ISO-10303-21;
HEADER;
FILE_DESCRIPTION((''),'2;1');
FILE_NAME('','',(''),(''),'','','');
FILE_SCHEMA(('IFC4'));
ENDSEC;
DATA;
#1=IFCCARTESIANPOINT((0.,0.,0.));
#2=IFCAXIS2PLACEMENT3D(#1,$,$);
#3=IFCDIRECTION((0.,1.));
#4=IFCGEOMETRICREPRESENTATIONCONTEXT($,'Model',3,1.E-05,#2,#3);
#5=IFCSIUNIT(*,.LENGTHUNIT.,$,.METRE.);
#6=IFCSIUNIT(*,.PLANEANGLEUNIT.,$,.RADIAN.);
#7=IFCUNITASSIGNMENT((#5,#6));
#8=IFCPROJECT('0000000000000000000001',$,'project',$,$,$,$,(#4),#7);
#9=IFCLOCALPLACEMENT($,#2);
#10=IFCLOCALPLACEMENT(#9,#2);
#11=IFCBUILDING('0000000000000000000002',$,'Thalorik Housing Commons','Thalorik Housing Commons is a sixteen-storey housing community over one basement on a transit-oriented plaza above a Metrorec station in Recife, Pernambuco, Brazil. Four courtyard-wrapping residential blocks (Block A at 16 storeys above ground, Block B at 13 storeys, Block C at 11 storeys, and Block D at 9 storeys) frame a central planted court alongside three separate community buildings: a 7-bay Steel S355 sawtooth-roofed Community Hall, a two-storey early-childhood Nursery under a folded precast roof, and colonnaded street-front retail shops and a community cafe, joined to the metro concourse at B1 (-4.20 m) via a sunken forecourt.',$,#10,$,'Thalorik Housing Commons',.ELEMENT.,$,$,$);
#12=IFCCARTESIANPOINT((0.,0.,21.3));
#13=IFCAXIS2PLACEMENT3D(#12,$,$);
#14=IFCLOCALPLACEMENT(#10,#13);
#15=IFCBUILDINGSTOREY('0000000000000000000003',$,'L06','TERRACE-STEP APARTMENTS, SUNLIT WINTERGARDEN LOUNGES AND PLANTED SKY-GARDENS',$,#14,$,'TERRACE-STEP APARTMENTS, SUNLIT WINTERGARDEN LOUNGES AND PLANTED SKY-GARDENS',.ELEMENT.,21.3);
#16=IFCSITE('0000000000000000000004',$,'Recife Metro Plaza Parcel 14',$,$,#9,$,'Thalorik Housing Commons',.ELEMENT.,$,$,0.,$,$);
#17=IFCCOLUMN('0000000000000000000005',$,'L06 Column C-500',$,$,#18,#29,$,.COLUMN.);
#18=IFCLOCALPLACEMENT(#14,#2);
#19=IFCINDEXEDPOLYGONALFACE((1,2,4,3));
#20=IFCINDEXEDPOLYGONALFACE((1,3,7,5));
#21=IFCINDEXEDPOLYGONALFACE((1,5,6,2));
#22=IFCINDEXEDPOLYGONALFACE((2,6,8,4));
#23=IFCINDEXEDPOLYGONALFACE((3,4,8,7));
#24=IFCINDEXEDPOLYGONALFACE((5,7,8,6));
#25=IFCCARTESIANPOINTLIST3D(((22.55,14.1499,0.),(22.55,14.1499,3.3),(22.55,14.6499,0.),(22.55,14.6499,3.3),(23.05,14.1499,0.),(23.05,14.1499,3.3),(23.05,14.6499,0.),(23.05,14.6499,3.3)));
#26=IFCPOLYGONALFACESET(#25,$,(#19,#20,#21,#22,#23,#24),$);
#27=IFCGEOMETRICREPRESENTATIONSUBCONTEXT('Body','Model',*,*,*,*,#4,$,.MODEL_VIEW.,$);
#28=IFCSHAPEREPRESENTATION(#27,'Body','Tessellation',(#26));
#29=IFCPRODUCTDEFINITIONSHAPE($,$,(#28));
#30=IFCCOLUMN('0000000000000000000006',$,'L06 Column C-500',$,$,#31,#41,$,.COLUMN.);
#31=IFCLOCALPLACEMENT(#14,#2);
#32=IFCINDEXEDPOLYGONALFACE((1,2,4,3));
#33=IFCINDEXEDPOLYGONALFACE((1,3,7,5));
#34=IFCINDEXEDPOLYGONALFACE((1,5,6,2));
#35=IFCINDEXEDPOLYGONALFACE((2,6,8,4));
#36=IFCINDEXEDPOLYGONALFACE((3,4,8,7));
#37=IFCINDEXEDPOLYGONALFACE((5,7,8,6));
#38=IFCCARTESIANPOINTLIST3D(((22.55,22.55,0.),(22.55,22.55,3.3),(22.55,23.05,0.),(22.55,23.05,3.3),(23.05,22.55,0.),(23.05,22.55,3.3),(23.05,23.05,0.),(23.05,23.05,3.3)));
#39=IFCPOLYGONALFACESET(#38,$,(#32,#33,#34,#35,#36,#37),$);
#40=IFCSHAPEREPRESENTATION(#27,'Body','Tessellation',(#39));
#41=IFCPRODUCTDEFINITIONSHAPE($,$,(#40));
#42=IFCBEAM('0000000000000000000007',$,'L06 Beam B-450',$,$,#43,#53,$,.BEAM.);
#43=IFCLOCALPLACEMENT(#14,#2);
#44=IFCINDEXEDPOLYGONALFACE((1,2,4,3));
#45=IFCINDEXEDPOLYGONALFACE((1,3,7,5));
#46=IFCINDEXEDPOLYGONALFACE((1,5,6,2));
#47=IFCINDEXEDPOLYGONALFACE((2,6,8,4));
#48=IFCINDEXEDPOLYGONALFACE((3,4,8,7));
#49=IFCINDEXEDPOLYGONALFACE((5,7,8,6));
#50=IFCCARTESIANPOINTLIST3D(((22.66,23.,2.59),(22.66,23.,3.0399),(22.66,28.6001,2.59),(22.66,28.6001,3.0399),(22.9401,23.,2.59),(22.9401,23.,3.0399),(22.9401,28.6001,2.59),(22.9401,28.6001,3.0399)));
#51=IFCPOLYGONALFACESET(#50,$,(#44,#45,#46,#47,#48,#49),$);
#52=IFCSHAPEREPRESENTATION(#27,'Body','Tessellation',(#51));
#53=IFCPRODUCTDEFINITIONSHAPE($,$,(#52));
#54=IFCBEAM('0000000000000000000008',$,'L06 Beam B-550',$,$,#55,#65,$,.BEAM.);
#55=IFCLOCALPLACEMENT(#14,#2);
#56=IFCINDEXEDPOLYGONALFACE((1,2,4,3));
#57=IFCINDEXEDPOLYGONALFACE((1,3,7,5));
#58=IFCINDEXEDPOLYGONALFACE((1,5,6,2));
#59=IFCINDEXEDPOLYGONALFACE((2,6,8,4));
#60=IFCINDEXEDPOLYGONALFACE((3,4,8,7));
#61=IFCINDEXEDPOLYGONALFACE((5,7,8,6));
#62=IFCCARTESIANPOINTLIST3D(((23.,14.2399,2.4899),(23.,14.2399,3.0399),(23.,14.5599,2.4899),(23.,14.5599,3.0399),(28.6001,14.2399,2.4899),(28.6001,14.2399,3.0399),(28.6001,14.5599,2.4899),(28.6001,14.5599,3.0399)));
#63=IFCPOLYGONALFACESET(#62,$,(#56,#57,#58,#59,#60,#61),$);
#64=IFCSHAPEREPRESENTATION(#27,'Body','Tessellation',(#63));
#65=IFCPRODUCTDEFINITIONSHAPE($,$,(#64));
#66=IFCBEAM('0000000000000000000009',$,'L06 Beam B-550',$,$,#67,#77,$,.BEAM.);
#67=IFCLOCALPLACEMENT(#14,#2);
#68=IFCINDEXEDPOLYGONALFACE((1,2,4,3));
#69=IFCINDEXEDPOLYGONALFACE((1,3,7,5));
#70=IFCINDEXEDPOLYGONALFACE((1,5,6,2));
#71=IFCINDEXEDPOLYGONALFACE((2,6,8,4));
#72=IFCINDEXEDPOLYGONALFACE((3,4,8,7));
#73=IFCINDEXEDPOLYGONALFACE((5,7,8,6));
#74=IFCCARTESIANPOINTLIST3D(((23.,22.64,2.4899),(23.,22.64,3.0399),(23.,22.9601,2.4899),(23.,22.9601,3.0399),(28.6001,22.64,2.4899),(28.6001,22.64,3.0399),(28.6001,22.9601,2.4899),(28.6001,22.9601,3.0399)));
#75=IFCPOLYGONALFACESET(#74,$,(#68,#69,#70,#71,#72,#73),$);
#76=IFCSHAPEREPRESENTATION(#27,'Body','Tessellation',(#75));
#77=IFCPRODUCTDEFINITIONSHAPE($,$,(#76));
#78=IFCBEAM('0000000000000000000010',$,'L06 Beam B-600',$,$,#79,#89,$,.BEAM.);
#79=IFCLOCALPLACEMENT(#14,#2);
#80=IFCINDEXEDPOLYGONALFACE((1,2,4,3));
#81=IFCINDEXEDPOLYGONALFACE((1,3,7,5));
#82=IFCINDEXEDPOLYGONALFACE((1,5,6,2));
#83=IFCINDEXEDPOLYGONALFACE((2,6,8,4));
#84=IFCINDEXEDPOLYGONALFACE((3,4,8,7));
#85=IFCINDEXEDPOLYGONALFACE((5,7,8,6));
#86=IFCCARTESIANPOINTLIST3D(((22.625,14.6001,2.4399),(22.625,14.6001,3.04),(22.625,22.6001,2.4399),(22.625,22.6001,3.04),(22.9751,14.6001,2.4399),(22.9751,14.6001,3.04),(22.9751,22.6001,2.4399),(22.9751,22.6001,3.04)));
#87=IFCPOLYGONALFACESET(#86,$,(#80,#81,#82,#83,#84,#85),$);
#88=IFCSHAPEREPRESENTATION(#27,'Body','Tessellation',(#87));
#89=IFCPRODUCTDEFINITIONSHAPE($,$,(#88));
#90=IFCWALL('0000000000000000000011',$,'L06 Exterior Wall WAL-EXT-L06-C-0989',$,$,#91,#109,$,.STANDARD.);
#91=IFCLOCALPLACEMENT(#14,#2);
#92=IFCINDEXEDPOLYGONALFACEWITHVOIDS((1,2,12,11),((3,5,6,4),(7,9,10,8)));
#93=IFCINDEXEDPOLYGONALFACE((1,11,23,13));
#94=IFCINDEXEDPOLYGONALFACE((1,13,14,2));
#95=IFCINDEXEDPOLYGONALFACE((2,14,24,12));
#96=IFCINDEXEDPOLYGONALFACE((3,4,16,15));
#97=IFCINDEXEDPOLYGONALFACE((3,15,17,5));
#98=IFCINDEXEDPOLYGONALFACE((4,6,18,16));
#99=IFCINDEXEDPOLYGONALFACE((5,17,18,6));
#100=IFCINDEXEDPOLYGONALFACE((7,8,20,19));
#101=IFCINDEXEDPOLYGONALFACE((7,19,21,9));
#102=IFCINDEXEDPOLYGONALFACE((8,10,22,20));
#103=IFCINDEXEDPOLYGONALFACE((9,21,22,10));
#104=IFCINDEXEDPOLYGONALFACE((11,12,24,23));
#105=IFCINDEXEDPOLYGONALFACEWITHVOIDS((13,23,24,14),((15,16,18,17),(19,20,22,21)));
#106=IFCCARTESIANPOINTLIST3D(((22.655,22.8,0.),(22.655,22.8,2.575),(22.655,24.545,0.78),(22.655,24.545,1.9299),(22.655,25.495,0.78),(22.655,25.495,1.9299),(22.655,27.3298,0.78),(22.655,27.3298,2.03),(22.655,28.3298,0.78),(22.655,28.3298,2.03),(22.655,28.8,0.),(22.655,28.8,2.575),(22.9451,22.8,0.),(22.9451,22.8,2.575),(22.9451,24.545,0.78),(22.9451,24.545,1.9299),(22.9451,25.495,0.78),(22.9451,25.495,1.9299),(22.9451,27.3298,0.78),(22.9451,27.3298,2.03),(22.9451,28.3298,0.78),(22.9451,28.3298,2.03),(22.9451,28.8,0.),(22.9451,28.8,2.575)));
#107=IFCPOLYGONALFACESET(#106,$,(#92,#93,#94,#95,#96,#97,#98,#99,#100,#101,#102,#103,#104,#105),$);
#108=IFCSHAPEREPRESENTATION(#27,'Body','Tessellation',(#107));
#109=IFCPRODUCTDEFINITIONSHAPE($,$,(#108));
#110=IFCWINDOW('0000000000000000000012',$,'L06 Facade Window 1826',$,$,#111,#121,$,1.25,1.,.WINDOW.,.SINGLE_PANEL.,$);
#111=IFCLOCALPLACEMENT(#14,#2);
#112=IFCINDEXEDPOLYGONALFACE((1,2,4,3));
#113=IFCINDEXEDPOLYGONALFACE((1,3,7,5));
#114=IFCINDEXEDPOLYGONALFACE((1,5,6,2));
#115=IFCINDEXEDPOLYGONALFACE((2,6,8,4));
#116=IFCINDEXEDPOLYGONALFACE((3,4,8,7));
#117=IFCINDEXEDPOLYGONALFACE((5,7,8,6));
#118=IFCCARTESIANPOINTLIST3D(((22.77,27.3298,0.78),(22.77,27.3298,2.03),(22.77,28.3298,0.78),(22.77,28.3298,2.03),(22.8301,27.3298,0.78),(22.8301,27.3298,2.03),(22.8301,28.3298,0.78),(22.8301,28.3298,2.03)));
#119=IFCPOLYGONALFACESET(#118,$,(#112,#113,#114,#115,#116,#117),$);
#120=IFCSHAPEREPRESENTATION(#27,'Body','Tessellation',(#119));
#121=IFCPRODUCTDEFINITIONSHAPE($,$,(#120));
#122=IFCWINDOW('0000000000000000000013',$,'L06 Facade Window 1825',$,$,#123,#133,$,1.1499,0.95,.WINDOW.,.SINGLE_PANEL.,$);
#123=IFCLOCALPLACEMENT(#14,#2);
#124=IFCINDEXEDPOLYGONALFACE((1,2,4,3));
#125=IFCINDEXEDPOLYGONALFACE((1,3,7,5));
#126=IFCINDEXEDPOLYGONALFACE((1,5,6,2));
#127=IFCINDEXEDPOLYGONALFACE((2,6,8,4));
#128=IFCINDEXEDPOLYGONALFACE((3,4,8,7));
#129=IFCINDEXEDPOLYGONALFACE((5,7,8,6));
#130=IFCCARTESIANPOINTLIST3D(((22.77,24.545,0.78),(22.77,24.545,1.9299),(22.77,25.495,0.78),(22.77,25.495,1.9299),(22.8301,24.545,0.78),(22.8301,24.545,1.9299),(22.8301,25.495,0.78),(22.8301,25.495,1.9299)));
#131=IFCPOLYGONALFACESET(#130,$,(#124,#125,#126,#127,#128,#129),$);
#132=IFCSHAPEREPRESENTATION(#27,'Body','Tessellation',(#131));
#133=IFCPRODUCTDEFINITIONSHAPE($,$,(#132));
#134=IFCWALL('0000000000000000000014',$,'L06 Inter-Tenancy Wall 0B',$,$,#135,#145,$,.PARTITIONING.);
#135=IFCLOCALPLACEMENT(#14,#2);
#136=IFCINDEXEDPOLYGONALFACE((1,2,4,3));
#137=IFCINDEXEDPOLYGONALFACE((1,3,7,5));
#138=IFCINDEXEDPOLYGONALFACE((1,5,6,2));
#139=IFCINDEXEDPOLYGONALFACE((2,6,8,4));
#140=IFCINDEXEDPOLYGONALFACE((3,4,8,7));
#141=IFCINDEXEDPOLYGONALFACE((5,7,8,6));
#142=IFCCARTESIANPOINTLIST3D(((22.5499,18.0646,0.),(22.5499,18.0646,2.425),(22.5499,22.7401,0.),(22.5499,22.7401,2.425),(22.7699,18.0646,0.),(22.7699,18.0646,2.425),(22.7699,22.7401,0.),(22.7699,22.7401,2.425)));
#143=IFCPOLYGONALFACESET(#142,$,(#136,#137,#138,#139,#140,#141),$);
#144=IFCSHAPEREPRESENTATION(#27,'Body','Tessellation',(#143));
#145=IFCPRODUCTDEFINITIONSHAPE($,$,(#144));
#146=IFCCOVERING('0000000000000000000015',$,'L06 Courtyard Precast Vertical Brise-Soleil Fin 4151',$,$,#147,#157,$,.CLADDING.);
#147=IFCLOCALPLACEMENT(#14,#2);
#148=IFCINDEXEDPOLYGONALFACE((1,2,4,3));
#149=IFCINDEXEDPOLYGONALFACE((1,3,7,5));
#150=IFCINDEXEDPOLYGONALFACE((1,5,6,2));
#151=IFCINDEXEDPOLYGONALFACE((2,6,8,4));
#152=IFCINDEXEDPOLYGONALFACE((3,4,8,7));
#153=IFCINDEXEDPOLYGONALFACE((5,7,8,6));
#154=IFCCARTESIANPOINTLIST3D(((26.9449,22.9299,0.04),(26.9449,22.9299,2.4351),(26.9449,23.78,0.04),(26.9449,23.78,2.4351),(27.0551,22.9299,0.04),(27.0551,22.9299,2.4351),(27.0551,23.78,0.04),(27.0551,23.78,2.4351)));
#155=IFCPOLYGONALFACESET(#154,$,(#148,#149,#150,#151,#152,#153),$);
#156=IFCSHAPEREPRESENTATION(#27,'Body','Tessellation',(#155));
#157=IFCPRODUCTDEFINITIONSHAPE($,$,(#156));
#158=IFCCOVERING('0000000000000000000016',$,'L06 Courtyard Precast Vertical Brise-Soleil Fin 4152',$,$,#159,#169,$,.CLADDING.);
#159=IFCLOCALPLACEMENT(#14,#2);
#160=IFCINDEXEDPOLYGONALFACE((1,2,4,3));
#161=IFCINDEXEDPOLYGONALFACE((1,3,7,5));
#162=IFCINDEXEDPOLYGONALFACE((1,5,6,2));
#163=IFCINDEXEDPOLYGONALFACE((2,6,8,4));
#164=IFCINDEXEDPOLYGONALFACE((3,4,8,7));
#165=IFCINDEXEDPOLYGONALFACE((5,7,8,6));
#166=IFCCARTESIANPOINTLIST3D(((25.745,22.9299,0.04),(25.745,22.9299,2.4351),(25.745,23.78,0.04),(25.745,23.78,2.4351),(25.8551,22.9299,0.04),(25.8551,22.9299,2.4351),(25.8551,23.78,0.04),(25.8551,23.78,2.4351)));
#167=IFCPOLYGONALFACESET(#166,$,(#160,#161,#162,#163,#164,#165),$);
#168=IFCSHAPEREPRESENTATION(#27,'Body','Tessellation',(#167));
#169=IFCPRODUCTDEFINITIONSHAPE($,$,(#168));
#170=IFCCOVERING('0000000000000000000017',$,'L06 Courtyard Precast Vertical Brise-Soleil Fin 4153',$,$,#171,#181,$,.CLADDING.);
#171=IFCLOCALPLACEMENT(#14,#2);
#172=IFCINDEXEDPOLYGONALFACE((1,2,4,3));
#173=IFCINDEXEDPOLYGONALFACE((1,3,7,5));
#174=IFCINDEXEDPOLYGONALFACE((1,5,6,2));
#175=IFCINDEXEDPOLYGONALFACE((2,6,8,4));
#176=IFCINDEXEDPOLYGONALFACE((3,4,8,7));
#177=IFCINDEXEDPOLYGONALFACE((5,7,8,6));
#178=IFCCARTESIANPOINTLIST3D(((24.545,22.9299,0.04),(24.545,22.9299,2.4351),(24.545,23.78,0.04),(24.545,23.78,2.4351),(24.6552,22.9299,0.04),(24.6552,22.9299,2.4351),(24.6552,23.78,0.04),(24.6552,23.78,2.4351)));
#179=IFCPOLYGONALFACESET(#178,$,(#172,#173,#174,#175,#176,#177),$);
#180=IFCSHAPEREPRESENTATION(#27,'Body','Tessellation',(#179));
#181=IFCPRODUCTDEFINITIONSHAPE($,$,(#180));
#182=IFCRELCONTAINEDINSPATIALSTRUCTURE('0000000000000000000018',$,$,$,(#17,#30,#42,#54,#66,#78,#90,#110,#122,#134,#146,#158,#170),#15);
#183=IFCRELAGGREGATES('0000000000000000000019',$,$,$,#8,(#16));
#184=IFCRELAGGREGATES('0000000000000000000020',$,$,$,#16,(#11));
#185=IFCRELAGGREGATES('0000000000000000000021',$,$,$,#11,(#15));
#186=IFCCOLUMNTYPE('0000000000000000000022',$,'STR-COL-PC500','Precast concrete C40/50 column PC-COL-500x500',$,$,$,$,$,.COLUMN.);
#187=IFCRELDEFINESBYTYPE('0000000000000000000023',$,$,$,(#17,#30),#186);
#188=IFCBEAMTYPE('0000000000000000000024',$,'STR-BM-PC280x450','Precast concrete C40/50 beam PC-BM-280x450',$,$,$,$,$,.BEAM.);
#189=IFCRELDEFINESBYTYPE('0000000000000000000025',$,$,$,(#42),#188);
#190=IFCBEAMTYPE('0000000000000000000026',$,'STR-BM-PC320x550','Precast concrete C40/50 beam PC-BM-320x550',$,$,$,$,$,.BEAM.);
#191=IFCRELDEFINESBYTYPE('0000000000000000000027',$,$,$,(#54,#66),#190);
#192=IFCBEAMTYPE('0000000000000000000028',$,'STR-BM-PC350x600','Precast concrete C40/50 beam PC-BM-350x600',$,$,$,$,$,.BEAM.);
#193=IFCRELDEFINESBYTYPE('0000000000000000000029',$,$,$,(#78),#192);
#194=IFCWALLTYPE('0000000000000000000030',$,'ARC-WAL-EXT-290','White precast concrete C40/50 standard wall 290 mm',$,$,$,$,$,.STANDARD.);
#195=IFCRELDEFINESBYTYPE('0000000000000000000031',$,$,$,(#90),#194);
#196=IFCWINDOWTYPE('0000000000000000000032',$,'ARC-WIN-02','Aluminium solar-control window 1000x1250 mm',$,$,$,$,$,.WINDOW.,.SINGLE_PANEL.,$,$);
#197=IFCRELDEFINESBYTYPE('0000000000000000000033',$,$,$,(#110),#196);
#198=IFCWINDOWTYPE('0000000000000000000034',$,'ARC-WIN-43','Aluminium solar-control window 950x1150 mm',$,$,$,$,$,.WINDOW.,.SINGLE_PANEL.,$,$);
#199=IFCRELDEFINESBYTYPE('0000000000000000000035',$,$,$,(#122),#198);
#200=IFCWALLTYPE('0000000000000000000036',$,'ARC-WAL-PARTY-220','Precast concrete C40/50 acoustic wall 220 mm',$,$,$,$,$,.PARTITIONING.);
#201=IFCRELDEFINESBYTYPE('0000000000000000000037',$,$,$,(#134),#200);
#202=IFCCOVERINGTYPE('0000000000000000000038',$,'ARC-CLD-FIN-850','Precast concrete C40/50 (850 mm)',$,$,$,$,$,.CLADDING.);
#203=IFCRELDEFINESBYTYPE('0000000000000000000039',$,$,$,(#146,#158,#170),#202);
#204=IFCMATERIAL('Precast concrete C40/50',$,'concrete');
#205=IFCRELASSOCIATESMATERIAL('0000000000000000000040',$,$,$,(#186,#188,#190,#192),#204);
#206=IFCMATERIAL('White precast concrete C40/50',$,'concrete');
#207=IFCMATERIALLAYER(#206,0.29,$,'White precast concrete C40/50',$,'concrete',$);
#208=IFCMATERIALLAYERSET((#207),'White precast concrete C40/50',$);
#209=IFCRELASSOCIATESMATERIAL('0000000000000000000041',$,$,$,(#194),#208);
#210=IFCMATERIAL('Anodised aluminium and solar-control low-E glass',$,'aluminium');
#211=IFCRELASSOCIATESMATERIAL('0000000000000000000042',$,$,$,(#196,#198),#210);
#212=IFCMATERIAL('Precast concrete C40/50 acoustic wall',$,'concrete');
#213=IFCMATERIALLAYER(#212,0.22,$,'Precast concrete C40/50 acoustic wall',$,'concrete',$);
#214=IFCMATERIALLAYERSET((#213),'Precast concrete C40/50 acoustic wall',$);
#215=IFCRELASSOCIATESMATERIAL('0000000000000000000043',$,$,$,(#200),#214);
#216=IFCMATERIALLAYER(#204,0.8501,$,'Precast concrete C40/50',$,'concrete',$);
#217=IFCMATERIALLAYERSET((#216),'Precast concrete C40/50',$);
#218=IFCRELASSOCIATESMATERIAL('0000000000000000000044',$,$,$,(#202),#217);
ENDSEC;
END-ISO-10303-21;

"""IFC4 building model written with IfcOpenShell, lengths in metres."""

from ifc_helpers import new_model, si_unit, direction, frame, frame_2d, origin, origin_2d, place, context, subcontext, project, spatial, rectangle, extrude, material, layer, layer_set, material_profile, profile_set, type_object, element, fill, save


model = new_model("IFC4")

# Units and contexts
model_context = context("Model", 3, precision=1e-05, world=origin(), true_north=direction((0.0, 1.0)))
body_context = subcontext(model_context, "Body", "Model", "MODEL_VIEW")
ifc_project = project(units=[si_unit("LENGTHUNIT", "METRE"), si_unit("PLANEANGLEUNIT", "RADIAN")], contexts=[model_context])

# Site, building, storey
site_placement = place(None, origin())
site = spatial("IfcSite", under=ifc_project, at=site_placement, Name="Recife Metro Plaza Parcel 14", LongName="Thalorik Housing Commons", CompositionType="ELEMENT", RefElevation=0.0)
building_placement = place(site_placement, origin())
building = spatial("IfcBuilding", under=site, at=building_placement, Name="Thalorik Housing Commons", Description="Thalorik Housing Commons is a sixteen-storey housing community over one basement on a transit-oriented plaza above a Metrorec station in Recife, Pernambuco, Brazil. Four courtyard-wrapping residential blocks (Block A at 16 storeys above ground, Block B at 13 storeys, Block C at 11 storeys, and Block D at 9 storeys) frame a central planted court alongside three separate community buildings: a 7-bay Steel S355 sawtooth-roofed Community Hall, a two-storey early-childhood Nursery under a folded precast roof, and colonnaded street-front retail shops and a community cafe, joined to the metro concourse at B1 (-4.20 m) via a sunken forecourt.", LongName="Thalorik Housing Commons", CompositionType="ELEMENT")
storey_placement = place(building_placement, frame((0.0, 0.0, 21.3)))
storey = spatial("IfcBuildingStorey", under=building, at=storey_placement, Name="L06", Description="TERRACE-STEP APARTMENTS, SUNLIT WINTERGARDEN LOUNGES AND PLANTED SKY-GARDENS", LongName="TERRACE-STEP APARTMENTS, SUNLIT WINTERGARDEN LOUNGES AND PLANTED SKY-GARDENS", CompositionType="ELEMENT", Elevation=21.3)

# Columns
ifc_material_1 = material(Name="Precast concrete C40/50", Category="concrete")
ifc_material_profile_1 = material_profile(ifc_material_1, rectangle(XDim=0.5, YDim=0.5, at=origin_2d()), Name="PC 500x500", Category="concrete")
ifc_profile_set_1 = profile_set([ifc_material_profile_1], Name="Precast concrete C40/50")
column_type = type_object("IfcColumnType", Name="STR-COL-PC500", Description="Precast concrete C40/50 column PC-COL-500x500", PredefinedType="COLUMN", material=ifc_profile_set_1)
for number, where, z_axis, x_axis, name in (
    (1, (22.8, 14.3999, 0.0), (0.0, 0.0, 1.0), (1.0, 0.0, 0.0), "L06 Column C-500"),
    (2, (22.8, 22.8, 0.0), (0.0, 0.0, 1.0), (1.0, 0.0, 0.0), "L06 Column C-500"),
):
    element("IfcColumn", number, at=place(storey_placement, frame(where, z_axis=z_axis, x_axis=x_axis)), inside=storey, type_object=column_type, Name=name, PredefinedType="COLUMN", context=body_context, shape_type="SweptSolid", body=[
        extrude(rectangle(XDim=0.5, YDim=0.5, at=origin_2d()), origin(), (0.0, 0.0, 1.0), 3.3),
    ])

# Beams
ifc_material_profile_2 = material_profile(ifc_material_1, rectangle(XDim=0.28, YDim=0.45, at=origin_2d()), Name="PC 280x450", Category="concrete")
ifc_profile_set_2 = profile_set([ifc_material_profile_2], Name="Precast concrete C40/50")
beam_type_1 = type_object("IfcBeamType", Name="STR-BM-PC280x450", Description="Precast concrete C40/50 beam PC-BM-280x450", PredefinedType="BEAM", material=ifc_profile_set_2)
beam_1_placement = place(storey_placement, frame((22.8, 23.0, 2.8149), z_axis=(0.0, 1.0, 0.0), x_axis=(-1.0, 0.0, 0.0)))
element("IfcBeam", 3, at=beam_1_placement, inside=storey, type_object=beam_type_1, Name="L06 Beam B-450", PredefinedType="BEAM", context=body_context, shape_type="SweptSolid", body=[
    extrude(rectangle(XDim=0.28, YDim=0.45, at=origin_2d()), origin(), (0.0, 0.0, 1.0), 5.6001),
])
ifc_material_profile_3 = material_profile(ifc_material_1, rectangle(XDim=0.3201, YDim=0.55, at=origin_2d()), Name="PC 320x550", Category="concrete")
ifc_profile_set_3 = profile_set([ifc_material_profile_3], Name="Precast concrete C40/50")
beam_type_2 = type_object("IfcBeamType", Name="STR-BM-PC320x550", Description="Precast concrete C40/50 beam PC-BM-320x550", PredefinedType="BEAM", material=ifc_profile_set_3)
for number, where, z_axis, x_axis, name in (
    (4, (23.0, 14.3999, 2.7649), (1.0, 0.0, 0.0), (0.0, 1.0, 0.0), "L06 Beam B-550"),
    (5, (23.0, 22.8, 2.7649), (1.0, 0.0, 0.0), (0.0, 1.0, 0.0), "L06 Beam B-550"),
):
    element("IfcBeam", number, at=place(storey_placement, frame(where, z_axis=z_axis, x_axis=x_axis)), inside=storey, type_object=beam_type_2, Name=name, PredefinedType="BEAM", context=body_context, shape_type="SweptSolid", body=[
        extrude(rectangle(XDim=0.3201, YDim=0.55, at=origin_2d()), origin(), (0.0, 0.0, 1.0), 5.6001),
    ])
ifc_material_profile_4 = material_profile(ifc_material_1, rectangle(XDim=0.3501, YDim=0.6001, at=origin_2d()), Name="PC 350x600", Category="concrete")
ifc_profile_set_4 = profile_set([ifc_material_profile_4], Name="Precast concrete C40/50")
beam_type_3 = type_object("IfcBeamType", Name="STR-BM-PC350x600", Description="Precast concrete C40/50 beam PC-BM-350x600", PredefinedType="BEAM", material=ifc_profile_set_4)
beam_2_placement = place(storey_placement, frame((22.8, 14.6001, 2.74), z_axis=(0.0, 1.0, 0.0), x_axis=(-1.0, 0.0, 0.0)))
element("IfcBeam", 6, at=beam_2_placement, inside=storey, type_object=beam_type_3, Name="L06 Beam B-600", PredefinedType="BEAM", context=body_context, shape_type="SweptSolid", body=[
    extrude(rectangle(XDim=0.3501, YDim=0.6001, at=origin_2d()), origin(), (0.0, 0.0, 1.0), 8.0),
])

# Wall, openings, windows
ifc_material_2 = material(Name="White precast concrete C40/50", Category="concrete")
ifc_layer_1 = layer(ifc_material_2, 0.29, Name="White precast concrete C40/50", Category="concrete")
ifc_layer_set_1 = layer_set([ifc_layer_1], Name="White precast concrete C40/50")
wall_type_1 = type_object("IfcWallType", Name="ARC-WAL-EXT-290", Description="White precast concrete C40/50 standard wall 290 mm", PredefinedType="STANDARD", material=ifc_layer_set_1)
wall_1_placement = place(storey_placement, frame((22.8, 22.8, 0.0), z_axis=(0.0, 0.0, 1.0), x_axis=(0.0, 1.0, 0.0)))
wall_1 = element("IfcWall", 7, at=wall_1_placement, inside=storey, type_object=wall_type_1, Name="L06 Exterior Wall WAL-EXT-L06-C-0989", PredefinedType="STANDARD", context=body_context, shape_type="SweptSolid", body=[
    extrude(rectangle(XDim=6.0, YDim=0.29, at=frame_2d((3.0, 0.0))), origin(), (0.0, 0.0, 1.0), 2.575),
])
opening_1_placement = place(wall_1_placement, frame((1.7449, 0.0, 0.78)))
opening_1 = element("IfcOpeningElement", 8, at=opening_1_placement, cuts=wall_1, PredefinedType="OPENING", context=body_context, shape_type="SweptSolid", body=[
    extrude(rectangle(XDim=0.95, YDim=1.1499, at=frame_2d((0.4751, 0.575))), frame((0.0, 0.155, 0.0), z_axis=(0.0, -1.0, 0.0), x_axis=(1.0, 0.0, 0.0)), (0.0, 0.0, 1.0), 0.3101),
])
opening_2_placement = place(wall_1_placement, frame((4.5298, 0.0, 0.78)))
opening_2 = element("IfcOpeningElement", 9, at=opening_2_placement, cuts=wall_1, PredefinedType="OPENING", context=body_context, shape_type="SweptSolid", body=[
    extrude(rectangle(XDim=1.0, YDim=1.25, at=frame_2d((0.5, 0.625))), frame((0.0, 0.155, 0.0), z_axis=(0.0, -1.0, 0.0), x_axis=(1.0, 0.0, 0.0)), (0.0, 0.0, 1.0), 0.3101),
])
ifc_material_3 = material(Name="Anodised aluminium and solar-control low-E glass", Category="aluminium")
window_type_1 = type_object("IfcWindowType", Name="ARC-WIN-02", Description="Aluminium solar-control window 1000x1250 mm", PartitioningType="SINGLE_PANEL", PredefinedType="WINDOW", material=ifc_material_3)
window_1_placement = place(opening_2_placement, origin())
window_1 = element("IfcWindow", 10, at=window_1_placement, inside=storey, type_object=window_type_1, Name="L06 Facade Window 1826", OverallHeight=1.25, OverallWidth=1.0, PartitioningType="SINGLE_PANEL", PredefinedType="WINDOW", context=body_context, shape_type="SweptSolid", body=[
    extrude(rectangle(XDim=1.0, YDim=1.25, at=frame_2d((0.5, 0.625))), frame((0.0, 0.03, 0.0), z_axis=(0.0, -1.0, 0.0), x_axis=(1.0, 0.0, 0.0)), (0.0, 0.0, 1.0), 0.0601),
])
fill(opening_2, window_1)
window_type_2 = type_object("IfcWindowType", Name="ARC-WIN-43", Description="Aluminium solar-control window 950x1150 mm", PartitioningType="SINGLE_PANEL", PredefinedType="WINDOW", material=ifc_material_3)
window_2_placement = place(opening_1_placement, origin())
window_2 = element("IfcWindow", 11, at=window_2_placement, inside=storey, type_object=window_type_2, Name="L06 Facade Window 1825", OverallHeight=1.1499, OverallWidth=0.95, PartitioningType="SINGLE_PANEL", PredefinedType="WINDOW", context=body_context, shape_type="SweptSolid", body=[
    extrude(rectangle(XDim=0.95, YDim=1.1499, at=frame_2d((0.4751, 0.575))), frame((0.0, 0.03, 0.0), z_axis=(0.0, -1.0, 0.0), x_axis=(1.0, 0.0, 0.0)), (0.0, 0.0, 1.0), 0.0601),
])
fill(opening_1, window_2)

# Wall
ifc_material_4 = material(Name="Precast concrete C40/50 acoustic wall", Category="concrete")
ifc_layer_2 = layer(ifc_material_4, 0.22, Name="Precast concrete C40/50 acoustic wall", Category="concrete")
ifc_layer_set_2 = layer_set([ifc_layer_2], Name="Precast concrete C40/50 acoustic wall")
wall_type_2 = type_object("IfcWallType", Name="ARC-WAL-PARTY-220", Description="Precast concrete C40/50 acoustic wall 220 mm", PredefinedType="PARTITIONING", material=ifc_layer_set_2)
wall_2_placement = place(storey_placement, frame((22.6599, 18.0645, 0.0), z_axis=(0.0, 0.0, 1.0), x_axis=(0.0, 1.0, 0.0)))
element("IfcWall", 12, at=wall_2_placement, inside=storey, type_object=wall_type_2, Name="L06 Inter-Tenancy Wall 0B", PredefinedType="PARTITIONING", context=body_context, shape_type="SweptSolid", body=[
    extrude(rectangle(XDim=4.6755, YDim=0.22, at=frame_2d((2.3379, 0.0))), origin(), (0.0, 0.0, 1.0), 2.425),
])

# Coverings
ifc_layer_3 = layer(ifc_material_1, 0.8501, Name="Precast concrete C40/50", Category="concrete")
ifc_layer_set_3 = layer_set([ifc_layer_3], Name="Precast concrete C40/50")
covering_type_1 = type_object("IfcCoveringType", Name="ARC-CLD-FIN-850", Description="Precast concrete C40/50 (850 mm)", PredefinedType="CLADDING", material=ifc_layer_set_3)
for number, where, z_axis, x_axis, name in (
    (13, (27.0, 23.355, 0.04), (0.0, 0.0, 1.0), (-1.0, 0.0, 0.0), "L06 Courtyard Precast Vertical Brise-Soleil Fin 4151"),
    (14, (25.8, 23.355, 0.04), (0.0, 0.0, 1.0), (-1.0, 0.0, 0.0), "L06 Courtyard Precast Vertical Brise-Soleil Fin 4152"),
    (15, (24.6001, 23.355, 0.04), (0.0, 0.0, 1.0), (-1.0, 0.0, 0.0), "L06 Courtyard Precast Vertical Brise-Soleil Fin 4153"),
):
    element("IfcCovering", number, at=place(storey_placement, frame(where, z_axis=z_axis, x_axis=x_axis)), inside=storey, type_object=covering_type_1, Name=name, PredefinedType="CLADDING", context=body_context, shape_type="SweptSolid", body=[
        extrude(rectangle(XDim=0.1101, YDim=0.8501, at=origin_2d()), origin(), (0.0, 0.0, 1.0), 2.395),
    ])

save(model, "model.ifc")
